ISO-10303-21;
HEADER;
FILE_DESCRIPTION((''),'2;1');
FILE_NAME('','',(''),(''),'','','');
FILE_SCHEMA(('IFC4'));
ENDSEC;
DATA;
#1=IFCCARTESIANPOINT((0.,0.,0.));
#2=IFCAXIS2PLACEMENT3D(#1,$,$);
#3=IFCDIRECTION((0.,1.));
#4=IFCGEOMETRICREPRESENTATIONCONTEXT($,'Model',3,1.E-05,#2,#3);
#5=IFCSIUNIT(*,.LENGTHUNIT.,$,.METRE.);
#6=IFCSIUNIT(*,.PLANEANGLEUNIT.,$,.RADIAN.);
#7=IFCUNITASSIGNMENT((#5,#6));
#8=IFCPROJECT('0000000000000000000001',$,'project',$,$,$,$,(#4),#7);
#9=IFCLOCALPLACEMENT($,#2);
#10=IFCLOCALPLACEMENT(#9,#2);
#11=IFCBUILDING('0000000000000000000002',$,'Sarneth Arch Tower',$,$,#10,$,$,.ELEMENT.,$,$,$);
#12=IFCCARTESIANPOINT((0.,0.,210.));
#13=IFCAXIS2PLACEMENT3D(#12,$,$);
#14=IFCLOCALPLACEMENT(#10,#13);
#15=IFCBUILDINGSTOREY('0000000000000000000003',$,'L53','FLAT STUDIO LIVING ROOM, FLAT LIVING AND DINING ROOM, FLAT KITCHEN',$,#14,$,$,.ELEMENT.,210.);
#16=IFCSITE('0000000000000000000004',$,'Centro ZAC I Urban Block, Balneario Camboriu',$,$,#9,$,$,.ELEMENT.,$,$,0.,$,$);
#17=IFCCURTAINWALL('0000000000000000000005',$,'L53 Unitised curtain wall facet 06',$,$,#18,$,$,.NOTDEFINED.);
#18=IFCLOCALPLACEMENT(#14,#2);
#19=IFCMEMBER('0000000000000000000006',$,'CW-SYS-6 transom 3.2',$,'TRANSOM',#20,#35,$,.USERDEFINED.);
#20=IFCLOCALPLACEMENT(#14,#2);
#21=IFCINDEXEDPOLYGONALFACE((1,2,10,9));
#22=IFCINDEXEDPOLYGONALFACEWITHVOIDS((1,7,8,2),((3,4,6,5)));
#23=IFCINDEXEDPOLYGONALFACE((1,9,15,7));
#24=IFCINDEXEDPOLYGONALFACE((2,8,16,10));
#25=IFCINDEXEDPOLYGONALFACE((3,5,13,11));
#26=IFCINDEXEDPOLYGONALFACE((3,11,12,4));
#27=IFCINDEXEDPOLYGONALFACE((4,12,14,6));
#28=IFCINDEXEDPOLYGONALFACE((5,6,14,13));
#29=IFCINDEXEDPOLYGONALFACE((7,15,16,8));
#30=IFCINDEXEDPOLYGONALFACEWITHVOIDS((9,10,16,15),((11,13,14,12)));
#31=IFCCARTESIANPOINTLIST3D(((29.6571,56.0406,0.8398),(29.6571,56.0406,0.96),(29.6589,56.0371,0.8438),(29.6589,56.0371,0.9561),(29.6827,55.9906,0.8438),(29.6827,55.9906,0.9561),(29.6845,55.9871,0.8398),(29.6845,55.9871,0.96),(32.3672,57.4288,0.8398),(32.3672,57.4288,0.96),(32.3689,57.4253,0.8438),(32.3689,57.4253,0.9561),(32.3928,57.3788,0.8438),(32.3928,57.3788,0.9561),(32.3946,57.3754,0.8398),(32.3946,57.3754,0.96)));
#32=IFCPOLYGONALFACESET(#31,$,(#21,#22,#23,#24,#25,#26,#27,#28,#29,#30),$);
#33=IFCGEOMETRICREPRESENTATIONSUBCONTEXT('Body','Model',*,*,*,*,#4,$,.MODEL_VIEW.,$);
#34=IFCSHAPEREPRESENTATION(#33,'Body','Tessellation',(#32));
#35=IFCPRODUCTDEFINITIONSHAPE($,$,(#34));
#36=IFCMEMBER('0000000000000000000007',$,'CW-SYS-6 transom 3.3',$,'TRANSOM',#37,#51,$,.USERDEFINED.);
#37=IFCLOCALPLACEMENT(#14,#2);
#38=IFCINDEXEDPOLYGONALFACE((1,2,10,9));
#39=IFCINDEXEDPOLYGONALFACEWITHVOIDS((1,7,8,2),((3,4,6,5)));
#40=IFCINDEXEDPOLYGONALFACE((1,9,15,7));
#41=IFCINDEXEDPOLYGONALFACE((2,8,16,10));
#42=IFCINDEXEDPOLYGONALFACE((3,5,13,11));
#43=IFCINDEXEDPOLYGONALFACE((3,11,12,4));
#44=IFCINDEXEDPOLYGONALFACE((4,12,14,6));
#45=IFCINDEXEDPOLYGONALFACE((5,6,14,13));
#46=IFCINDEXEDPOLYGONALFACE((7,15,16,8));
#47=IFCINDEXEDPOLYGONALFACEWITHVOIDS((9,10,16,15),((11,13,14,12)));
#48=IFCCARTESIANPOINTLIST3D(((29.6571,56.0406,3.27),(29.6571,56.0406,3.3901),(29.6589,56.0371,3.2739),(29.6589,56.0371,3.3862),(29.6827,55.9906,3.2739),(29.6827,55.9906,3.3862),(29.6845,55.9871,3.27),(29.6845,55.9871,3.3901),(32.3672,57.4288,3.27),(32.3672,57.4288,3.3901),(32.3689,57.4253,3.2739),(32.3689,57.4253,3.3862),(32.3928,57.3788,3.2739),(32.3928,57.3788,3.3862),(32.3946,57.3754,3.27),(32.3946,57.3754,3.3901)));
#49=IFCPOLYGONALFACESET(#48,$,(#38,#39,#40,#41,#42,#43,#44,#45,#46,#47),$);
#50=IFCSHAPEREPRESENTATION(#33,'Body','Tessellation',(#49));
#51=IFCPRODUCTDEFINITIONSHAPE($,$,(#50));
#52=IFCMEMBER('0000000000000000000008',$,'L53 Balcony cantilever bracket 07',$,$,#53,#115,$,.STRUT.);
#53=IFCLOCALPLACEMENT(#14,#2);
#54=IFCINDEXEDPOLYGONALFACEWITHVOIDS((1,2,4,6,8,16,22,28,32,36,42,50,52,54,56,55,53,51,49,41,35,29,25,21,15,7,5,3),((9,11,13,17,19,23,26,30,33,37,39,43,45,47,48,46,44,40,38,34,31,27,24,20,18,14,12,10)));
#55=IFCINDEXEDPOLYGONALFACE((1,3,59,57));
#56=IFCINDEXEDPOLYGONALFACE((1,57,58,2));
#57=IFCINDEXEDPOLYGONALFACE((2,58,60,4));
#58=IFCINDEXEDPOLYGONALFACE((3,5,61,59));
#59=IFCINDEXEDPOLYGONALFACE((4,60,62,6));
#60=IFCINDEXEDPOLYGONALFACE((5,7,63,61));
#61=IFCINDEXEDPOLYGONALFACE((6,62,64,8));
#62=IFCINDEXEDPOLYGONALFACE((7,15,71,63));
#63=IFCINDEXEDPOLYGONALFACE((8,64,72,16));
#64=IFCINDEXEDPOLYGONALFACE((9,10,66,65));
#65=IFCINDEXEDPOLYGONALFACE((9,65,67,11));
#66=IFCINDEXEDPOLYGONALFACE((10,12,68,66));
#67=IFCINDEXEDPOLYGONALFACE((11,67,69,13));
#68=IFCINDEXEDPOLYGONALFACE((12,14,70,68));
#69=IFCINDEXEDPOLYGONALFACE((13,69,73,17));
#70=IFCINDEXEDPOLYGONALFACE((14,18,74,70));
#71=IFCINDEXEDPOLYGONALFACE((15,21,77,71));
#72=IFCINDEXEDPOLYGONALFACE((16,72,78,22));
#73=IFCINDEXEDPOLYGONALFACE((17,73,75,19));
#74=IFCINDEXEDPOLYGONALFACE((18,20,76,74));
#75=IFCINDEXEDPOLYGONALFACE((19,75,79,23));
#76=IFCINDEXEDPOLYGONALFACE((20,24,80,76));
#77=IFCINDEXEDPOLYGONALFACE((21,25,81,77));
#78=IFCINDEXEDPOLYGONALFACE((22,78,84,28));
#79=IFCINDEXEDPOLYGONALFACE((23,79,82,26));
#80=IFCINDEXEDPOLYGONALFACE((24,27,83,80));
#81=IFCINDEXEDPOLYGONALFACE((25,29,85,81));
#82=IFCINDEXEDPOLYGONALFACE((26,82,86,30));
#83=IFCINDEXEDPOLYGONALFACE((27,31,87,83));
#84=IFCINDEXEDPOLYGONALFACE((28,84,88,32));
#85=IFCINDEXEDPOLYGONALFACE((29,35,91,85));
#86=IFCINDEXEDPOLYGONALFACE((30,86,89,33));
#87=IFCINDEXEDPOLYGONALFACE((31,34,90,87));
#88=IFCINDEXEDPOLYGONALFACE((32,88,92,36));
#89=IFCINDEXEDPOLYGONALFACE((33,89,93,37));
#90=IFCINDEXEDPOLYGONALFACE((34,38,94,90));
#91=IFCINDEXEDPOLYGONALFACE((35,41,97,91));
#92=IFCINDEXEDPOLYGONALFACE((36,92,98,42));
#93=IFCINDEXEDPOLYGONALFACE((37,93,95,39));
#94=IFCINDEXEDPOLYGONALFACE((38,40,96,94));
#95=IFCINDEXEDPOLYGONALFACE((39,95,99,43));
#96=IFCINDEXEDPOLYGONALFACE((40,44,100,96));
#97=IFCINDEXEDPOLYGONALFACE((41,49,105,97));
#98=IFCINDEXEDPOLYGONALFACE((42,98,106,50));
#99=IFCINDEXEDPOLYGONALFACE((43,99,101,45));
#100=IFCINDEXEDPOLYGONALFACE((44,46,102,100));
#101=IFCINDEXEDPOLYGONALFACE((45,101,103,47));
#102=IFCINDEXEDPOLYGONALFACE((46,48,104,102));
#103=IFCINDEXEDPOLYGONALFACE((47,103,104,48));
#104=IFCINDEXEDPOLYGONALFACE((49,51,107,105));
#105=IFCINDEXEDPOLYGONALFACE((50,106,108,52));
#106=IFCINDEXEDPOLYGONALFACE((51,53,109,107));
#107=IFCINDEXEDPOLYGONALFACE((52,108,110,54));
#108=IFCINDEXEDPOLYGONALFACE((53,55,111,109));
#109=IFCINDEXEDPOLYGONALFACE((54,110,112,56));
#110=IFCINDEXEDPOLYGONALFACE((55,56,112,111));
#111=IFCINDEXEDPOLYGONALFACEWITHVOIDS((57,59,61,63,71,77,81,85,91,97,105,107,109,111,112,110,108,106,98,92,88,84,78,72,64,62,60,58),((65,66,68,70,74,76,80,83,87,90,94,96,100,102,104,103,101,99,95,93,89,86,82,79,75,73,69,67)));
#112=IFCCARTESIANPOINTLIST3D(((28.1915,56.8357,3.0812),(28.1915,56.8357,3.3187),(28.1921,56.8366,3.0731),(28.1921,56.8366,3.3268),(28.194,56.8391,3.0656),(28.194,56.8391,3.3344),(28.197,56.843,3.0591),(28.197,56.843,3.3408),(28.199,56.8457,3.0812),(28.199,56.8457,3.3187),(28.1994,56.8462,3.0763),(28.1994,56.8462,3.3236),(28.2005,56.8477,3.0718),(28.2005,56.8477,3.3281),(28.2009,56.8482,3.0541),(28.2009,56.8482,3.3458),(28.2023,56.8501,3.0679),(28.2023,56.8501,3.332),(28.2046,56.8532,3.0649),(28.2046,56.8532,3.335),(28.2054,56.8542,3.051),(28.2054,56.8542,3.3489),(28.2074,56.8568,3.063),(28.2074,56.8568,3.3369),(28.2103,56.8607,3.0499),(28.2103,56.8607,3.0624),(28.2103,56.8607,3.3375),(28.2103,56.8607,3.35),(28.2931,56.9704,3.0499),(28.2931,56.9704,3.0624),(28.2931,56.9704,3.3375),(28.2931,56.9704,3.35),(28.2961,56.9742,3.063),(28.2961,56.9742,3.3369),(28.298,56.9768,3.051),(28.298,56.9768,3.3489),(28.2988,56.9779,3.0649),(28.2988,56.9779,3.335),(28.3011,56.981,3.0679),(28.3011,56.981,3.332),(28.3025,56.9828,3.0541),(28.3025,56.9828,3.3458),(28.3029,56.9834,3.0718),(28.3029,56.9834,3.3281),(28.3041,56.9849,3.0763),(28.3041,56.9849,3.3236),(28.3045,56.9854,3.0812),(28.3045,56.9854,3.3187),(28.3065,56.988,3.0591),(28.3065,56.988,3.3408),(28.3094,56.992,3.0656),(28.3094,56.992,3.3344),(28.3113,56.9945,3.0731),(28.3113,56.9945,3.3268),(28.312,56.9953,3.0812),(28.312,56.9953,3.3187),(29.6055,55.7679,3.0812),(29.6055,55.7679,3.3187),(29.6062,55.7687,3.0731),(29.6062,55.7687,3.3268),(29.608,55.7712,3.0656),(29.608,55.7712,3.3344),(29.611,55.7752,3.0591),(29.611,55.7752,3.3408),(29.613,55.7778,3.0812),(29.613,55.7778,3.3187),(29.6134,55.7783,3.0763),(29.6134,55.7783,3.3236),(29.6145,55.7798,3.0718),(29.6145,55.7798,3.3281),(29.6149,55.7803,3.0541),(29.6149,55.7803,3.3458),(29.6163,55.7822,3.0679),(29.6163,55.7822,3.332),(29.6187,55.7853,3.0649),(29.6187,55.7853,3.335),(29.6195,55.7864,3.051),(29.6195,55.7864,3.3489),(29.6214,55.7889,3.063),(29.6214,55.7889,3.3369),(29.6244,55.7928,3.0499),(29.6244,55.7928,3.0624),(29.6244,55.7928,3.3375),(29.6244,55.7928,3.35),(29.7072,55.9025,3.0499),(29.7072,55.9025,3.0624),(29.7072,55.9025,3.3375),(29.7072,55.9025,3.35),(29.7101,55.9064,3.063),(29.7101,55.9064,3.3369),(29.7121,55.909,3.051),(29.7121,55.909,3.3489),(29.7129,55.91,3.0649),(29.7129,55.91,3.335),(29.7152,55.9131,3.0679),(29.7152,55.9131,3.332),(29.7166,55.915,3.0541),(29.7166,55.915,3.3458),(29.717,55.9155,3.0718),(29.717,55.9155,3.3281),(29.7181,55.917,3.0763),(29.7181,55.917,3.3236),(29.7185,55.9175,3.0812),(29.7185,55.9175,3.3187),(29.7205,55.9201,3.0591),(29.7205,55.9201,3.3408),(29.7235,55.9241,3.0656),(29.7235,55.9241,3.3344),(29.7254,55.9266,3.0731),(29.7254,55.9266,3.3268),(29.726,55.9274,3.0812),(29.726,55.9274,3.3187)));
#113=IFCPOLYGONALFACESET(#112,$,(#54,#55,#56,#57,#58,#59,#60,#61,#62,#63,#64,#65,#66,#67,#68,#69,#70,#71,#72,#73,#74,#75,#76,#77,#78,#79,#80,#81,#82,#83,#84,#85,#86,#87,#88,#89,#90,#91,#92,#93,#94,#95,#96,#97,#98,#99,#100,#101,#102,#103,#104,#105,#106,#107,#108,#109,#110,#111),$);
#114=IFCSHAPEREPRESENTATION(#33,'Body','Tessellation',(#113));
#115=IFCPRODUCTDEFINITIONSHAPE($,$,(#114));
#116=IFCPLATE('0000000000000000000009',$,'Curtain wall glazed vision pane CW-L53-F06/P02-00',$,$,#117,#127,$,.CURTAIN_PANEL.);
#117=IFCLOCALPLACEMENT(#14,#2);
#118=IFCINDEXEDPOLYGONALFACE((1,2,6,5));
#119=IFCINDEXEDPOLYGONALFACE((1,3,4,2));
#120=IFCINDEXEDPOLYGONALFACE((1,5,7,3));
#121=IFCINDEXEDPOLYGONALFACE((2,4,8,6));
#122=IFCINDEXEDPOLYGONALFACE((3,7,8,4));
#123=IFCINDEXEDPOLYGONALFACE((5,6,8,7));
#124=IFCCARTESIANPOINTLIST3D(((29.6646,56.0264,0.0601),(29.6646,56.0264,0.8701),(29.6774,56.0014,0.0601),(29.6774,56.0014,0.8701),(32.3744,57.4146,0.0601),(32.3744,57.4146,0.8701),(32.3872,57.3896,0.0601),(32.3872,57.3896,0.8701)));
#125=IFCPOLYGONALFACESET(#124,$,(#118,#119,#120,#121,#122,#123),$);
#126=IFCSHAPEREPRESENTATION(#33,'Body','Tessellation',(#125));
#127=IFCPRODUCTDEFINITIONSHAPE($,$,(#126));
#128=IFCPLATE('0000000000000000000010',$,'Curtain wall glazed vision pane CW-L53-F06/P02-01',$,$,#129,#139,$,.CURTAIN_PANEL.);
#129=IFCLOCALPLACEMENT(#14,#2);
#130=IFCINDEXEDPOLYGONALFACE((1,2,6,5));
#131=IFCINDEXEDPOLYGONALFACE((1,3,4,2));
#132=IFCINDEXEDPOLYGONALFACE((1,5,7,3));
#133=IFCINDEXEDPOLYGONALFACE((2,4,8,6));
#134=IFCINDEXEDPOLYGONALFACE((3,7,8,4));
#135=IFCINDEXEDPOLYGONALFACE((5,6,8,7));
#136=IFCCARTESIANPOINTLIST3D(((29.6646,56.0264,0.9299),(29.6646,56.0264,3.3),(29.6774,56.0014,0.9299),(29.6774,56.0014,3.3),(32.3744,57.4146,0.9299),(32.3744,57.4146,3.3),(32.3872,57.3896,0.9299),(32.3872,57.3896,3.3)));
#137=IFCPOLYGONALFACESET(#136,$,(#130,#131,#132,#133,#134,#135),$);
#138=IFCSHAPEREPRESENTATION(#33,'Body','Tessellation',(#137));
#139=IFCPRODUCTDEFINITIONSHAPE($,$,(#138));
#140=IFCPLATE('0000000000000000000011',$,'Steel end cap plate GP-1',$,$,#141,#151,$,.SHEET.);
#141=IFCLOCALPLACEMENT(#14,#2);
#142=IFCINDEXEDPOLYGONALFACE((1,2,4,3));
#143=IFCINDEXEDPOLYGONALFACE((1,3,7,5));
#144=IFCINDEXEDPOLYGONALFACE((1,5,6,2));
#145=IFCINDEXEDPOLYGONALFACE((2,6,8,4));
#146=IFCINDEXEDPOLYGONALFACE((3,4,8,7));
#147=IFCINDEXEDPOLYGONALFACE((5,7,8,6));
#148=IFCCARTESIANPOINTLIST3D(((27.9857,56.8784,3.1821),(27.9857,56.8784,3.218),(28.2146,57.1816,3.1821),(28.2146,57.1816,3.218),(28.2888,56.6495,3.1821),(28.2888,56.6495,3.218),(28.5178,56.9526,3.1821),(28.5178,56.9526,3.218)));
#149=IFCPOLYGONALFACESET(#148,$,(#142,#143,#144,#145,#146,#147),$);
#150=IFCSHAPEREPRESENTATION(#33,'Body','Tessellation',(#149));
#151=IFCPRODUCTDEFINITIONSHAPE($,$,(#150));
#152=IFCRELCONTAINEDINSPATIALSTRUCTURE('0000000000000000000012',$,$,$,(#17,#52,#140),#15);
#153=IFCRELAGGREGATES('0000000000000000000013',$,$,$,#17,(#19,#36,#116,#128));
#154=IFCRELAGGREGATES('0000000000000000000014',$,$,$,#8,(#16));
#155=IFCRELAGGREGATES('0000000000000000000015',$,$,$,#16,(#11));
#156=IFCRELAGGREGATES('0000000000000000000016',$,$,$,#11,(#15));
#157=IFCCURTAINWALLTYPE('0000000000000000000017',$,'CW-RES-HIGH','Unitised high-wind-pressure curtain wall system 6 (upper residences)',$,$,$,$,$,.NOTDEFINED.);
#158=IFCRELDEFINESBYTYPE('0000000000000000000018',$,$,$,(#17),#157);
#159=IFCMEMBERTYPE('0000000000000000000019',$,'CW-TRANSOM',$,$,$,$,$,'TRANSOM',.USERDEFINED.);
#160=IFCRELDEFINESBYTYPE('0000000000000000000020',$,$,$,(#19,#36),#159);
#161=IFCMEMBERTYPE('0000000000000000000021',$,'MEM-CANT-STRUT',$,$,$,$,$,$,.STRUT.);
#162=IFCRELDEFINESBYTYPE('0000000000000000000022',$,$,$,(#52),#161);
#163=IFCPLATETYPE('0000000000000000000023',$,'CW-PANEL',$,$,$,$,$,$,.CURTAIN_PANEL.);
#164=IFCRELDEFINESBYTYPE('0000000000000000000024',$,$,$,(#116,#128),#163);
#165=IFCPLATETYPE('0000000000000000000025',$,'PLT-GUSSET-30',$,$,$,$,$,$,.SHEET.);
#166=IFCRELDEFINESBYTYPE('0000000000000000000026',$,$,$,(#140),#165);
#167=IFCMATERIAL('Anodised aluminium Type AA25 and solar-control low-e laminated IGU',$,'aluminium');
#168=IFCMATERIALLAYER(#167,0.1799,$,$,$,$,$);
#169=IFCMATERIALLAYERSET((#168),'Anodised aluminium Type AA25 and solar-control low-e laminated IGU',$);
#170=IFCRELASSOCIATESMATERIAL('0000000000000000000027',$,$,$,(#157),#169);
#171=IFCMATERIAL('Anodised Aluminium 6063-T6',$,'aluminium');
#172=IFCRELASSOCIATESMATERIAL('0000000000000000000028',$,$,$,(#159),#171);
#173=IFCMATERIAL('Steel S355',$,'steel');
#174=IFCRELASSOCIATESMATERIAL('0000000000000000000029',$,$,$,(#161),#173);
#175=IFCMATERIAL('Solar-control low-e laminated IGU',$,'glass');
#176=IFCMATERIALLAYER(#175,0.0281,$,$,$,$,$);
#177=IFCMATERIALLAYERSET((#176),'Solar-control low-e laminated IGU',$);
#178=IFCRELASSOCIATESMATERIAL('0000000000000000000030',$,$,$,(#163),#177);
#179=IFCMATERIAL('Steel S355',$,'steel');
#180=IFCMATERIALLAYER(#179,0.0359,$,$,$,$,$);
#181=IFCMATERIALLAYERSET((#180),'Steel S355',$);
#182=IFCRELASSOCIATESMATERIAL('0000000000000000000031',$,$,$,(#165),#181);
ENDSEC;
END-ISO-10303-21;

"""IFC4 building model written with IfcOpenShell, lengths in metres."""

from ifc_helpers import new_model, si_unit, direction, frame, origin, origin_2d, place, context, subcontext, project, spatial, rectangle, hollow_rectangle, extrude, material, layer, layer_set, material_profile, profile_set, type_object, element, aggregate, save


model = new_model("IFC4")

# Units and contexts
model_context = context("Model", 3, precision=1e-05, world=origin(), true_north=direction((0.0, 1.0)))
body_context = subcontext(model_context, "Body", "Model", "MODEL_VIEW")
ifc_project = project(units=[si_unit("LENGTHUNIT", "METRE"), si_unit("PLANEANGLEUNIT", "RADIAN")], contexts=[model_context])

# Site, building, storey
site_placement = place(None, origin())
site = spatial("IfcSite", under=ifc_project, at=site_placement, Name="Centro ZAC I Urban Block, Balneario Camboriu", CompositionType="ELEMENT", RefElevation=0.0)
building_placement = place(site_placement, origin())
building = spatial("IfcBuilding", under=site, at=building_placement, Name="Sarneth Arch Tower", CompositionType="ELEMENT")
storey_placement = place(building_placement, frame((0.0, 0.0, 210.0)))
storey = spatial("IfcBuildingStorey", under=building, at=storey_placement, Name="L53", Description="FLAT STUDIO LIVING ROOM, FLAT LIVING AND DINING ROOM, FLAT KITCHEN", CompositionType="ELEMENT", Elevation=210.0)

# Curtain wall, members
ifc_material_1 = material(Name="Anodised aluminium Type AA25 and solar-control low-e laminated IGU", Category="aluminium")
ifc_layer_1 = layer(ifc_material_1, 0.1799)
ifc_layer_set_1 = layer_set([ifc_layer_1], Name="Anodised aluminium Type AA25 and solar-control low-e laminated IGU")
curtain_wall_type = type_object("IfcCurtainWallType", Name="CW-RES-HIGH", Description="Unitised high-wind-pressure curtain wall system 6 (upper residences)", PredefinedType="NOTDEFINED", material=ifc_layer_set_1)
curtain_wall_placement = place(storey_placement, origin())
curtain_wall = element("IfcCurtainWall", 1, at=curtain_wall_placement, inside=storey, type_object=curtain_wall_type, Name="L53 Unitised curtain wall facet 06", PredefinedType="NOTDEFINED")
ifc_material_2 = material(Name="Anodised Aluminium 6063-T6", Category="aluminium")
ifc_material_profile_1 = material_profile(ifc_material_2, hollow_rectangle(XDim=0.0601, YDim=0.1201, WallThickness=0.0039, at=origin_2d()), Name="AL-TRAN-120x60x4")
ifc_profile_set_1 = profile_set([ifc_material_profile_1], Name="Anodised Aluminium 6063-T6")
member_type_1 = type_object("IfcMemberType", Name="CW-TRANSOM", ElementType="TRANSOM", PredefinedType="USERDEFINED", material=ifc_profile_set_1)
member_1_placement = place(storey_placement, frame((32.3809, 57.4021, 0.8999), z_axis=(-0.890023, -0.455916, 0.0), x_axis=(0.455916, -0.890023, 0.0)))
member_1 = element("IfcMember", 2, at=member_1_placement, type_object=member_type_1, Name="CW-SYS-6 transom 3.2", ObjectType="TRANSOM", PredefinedType="USERDEFINED", context=body_context, shape_type="SweptSolid", body=[
    extrude(hollow_rectangle(XDim=0.0601, YDim=0.1201, WallThickness=0.0039, at=origin_2d()), origin(), (0.0, 0.0, 1.0), 3.0449),
])
member_2_placement = place(storey_placement, frame((32.3809, 57.4021, 3.3301), z_axis=(-0.890023, -0.455916, 0.0), x_axis=(0.455916, -0.890023, 0.0)))
member_2 = element("IfcMember", 3, at=member_2_placement, type_object=member_type_1, Name="CW-SYS-6 transom 3.3", ObjectType="TRANSOM", PredefinedType="USERDEFINED", context=body_context, shape_type="SweptSolid", body=[
    extrude(hollow_rectangle(XDim=0.0601, YDim=0.1201, WallThickness=0.0039, at=origin_2d()), origin(), (0.0, 0.0, 1.0), 3.0449),
])

# Member
ifc_material_3 = material(Name="Steel S355", Category="steel")
ifc_material_profile_2 = material_profile(ifc_material_3, hollow_rectangle(XDim=0.2, YDim=0.3, WallThickness=0.0125, InnerFilletRadius=0.0188, OuterFilletRadius=0.0312, at=origin_2d()), Name="RHS300x200x12.5")
ifc_profile_set_2 = profile_set([ifc_material_profile_2], Name="Steel S355")
member_type_2 = type_object("IfcMemberType", Name="MEM-CANT-STRUT", PredefinedType="STRUT", material=ifc_profile_set_2)
member_3_placement = place(storey_placement, frame((29.6658, 55.8477, 3.2), z_axis=(-0.798012, 0.602642, 0.0), x_axis=(-0.602642, -0.798012, 0.0)))
element("IfcMember", 4, at=member_3_placement, inside=storey, type_object=member_type_2, Name="L53 Balcony cantilever bracket 07", PredefinedType="STRUT", context=body_context, shape_type="SweptSolid", body=[
    extrude(hollow_rectangle(XDim=0.2, YDim=0.3, WallThickness=0.0125, InnerFilletRadius=0.0188, OuterFilletRadius=0.0312, at=origin_2d()), origin(), (0.0, 0.0, 1.0), 1.772),
])

# Plates
ifc_material_4 = material(Name="Solar-control low-e laminated IGU", Category="glass")
ifc_layer_2 = layer(ifc_material_4, 0.0281)
ifc_layer_set_2 = layer_set([ifc_layer_2], Name="Solar-control low-e laminated IGU")
plate_type_1 = type_object("IfcPlateType", Name="CW-PANEL", PredefinedType="CURTAIN_PANEL", material=ifc_layer_set_2)
plate_1_placement = place(storey_placement, frame((31.0259, 56.708, 0.0601), z_axis=(0.0, 0.0, 1.0), x_axis=(-0.89001, -0.455942, 0.0)))
plate_1 = element("IfcPlate", 5, at=plate_1_placement, type_object=plate_type_1, Name="Curtain wall glazed vision pane CW-L53-F06/P02-00", PredefinedType="CURTAIN_PANEL", context=body_context, shape_type="SweptSolid", body=[
    extrude(rectangle(XDim=3.0447, YDim=0.0281, at=origin_2d()), origin(), (0.0, 0.0, 1.0), 0.8101),
])
plate_2_placement = place(storey_placement, frame((31.0259, 56.708, 0.9299), z_axis=(0.0, 0.0, 1.0), x_axis=(-0.89001, -0.455942, 0.0)))
plate_2 = element("IfcPlate", 6, at=plate_2_placement, type_object=plate_type_1, Name="Curtain wall glazed vision pane CW-L53-F06/P02-01", PredefinedType="CURTAIN_PANEL", context=body_context, shape_type="SweptSolid", body=[
    extrude(rectangle(XDim=3.0447, YDim=0.0281, at=origin_2d()), origin(), (0.0, 0.0, 1.0), 2.3701),
])
aggregate(curtain_wall, [member_1, member_2, plate_1, plate_2])
ifc_material_5 = material(Name="Steel S355", Category="steel")
ifc_layer_3 = layer(ifc_material_5, 0.0359)
ifc_layer_set_3 = layer_set([ifc_layer_3], Name="Steel S355")
plate_type_2 = type_object("IfcPlateType", Name="PLT-GUSSET-30", PredefinedType="SHEET", material=ifc_layer_set_3)
plate_3_placement = place(storey_placement, frame((28.2517, 56.9155, 3.1821), z_axis=(0.0, 0.0, 1.0), x_axis=(-0.798005, 0.602651, 0.0)))
element("IfcPlate", 7, at=plate_3_placement, inside=storey, type_object=plate_type_2, Name="Steel end cap plate GP-1", PredefinedType="SHEET", context=body_context, shape_type="SweptSolid", body=[
    extrude(rectangle(XDim=0.3799, YDim=0.3799, at=origin_2d()), origin(), (0.0, 0.0, 1.0), 0.0359),
])

save(model, "model.ifc")
